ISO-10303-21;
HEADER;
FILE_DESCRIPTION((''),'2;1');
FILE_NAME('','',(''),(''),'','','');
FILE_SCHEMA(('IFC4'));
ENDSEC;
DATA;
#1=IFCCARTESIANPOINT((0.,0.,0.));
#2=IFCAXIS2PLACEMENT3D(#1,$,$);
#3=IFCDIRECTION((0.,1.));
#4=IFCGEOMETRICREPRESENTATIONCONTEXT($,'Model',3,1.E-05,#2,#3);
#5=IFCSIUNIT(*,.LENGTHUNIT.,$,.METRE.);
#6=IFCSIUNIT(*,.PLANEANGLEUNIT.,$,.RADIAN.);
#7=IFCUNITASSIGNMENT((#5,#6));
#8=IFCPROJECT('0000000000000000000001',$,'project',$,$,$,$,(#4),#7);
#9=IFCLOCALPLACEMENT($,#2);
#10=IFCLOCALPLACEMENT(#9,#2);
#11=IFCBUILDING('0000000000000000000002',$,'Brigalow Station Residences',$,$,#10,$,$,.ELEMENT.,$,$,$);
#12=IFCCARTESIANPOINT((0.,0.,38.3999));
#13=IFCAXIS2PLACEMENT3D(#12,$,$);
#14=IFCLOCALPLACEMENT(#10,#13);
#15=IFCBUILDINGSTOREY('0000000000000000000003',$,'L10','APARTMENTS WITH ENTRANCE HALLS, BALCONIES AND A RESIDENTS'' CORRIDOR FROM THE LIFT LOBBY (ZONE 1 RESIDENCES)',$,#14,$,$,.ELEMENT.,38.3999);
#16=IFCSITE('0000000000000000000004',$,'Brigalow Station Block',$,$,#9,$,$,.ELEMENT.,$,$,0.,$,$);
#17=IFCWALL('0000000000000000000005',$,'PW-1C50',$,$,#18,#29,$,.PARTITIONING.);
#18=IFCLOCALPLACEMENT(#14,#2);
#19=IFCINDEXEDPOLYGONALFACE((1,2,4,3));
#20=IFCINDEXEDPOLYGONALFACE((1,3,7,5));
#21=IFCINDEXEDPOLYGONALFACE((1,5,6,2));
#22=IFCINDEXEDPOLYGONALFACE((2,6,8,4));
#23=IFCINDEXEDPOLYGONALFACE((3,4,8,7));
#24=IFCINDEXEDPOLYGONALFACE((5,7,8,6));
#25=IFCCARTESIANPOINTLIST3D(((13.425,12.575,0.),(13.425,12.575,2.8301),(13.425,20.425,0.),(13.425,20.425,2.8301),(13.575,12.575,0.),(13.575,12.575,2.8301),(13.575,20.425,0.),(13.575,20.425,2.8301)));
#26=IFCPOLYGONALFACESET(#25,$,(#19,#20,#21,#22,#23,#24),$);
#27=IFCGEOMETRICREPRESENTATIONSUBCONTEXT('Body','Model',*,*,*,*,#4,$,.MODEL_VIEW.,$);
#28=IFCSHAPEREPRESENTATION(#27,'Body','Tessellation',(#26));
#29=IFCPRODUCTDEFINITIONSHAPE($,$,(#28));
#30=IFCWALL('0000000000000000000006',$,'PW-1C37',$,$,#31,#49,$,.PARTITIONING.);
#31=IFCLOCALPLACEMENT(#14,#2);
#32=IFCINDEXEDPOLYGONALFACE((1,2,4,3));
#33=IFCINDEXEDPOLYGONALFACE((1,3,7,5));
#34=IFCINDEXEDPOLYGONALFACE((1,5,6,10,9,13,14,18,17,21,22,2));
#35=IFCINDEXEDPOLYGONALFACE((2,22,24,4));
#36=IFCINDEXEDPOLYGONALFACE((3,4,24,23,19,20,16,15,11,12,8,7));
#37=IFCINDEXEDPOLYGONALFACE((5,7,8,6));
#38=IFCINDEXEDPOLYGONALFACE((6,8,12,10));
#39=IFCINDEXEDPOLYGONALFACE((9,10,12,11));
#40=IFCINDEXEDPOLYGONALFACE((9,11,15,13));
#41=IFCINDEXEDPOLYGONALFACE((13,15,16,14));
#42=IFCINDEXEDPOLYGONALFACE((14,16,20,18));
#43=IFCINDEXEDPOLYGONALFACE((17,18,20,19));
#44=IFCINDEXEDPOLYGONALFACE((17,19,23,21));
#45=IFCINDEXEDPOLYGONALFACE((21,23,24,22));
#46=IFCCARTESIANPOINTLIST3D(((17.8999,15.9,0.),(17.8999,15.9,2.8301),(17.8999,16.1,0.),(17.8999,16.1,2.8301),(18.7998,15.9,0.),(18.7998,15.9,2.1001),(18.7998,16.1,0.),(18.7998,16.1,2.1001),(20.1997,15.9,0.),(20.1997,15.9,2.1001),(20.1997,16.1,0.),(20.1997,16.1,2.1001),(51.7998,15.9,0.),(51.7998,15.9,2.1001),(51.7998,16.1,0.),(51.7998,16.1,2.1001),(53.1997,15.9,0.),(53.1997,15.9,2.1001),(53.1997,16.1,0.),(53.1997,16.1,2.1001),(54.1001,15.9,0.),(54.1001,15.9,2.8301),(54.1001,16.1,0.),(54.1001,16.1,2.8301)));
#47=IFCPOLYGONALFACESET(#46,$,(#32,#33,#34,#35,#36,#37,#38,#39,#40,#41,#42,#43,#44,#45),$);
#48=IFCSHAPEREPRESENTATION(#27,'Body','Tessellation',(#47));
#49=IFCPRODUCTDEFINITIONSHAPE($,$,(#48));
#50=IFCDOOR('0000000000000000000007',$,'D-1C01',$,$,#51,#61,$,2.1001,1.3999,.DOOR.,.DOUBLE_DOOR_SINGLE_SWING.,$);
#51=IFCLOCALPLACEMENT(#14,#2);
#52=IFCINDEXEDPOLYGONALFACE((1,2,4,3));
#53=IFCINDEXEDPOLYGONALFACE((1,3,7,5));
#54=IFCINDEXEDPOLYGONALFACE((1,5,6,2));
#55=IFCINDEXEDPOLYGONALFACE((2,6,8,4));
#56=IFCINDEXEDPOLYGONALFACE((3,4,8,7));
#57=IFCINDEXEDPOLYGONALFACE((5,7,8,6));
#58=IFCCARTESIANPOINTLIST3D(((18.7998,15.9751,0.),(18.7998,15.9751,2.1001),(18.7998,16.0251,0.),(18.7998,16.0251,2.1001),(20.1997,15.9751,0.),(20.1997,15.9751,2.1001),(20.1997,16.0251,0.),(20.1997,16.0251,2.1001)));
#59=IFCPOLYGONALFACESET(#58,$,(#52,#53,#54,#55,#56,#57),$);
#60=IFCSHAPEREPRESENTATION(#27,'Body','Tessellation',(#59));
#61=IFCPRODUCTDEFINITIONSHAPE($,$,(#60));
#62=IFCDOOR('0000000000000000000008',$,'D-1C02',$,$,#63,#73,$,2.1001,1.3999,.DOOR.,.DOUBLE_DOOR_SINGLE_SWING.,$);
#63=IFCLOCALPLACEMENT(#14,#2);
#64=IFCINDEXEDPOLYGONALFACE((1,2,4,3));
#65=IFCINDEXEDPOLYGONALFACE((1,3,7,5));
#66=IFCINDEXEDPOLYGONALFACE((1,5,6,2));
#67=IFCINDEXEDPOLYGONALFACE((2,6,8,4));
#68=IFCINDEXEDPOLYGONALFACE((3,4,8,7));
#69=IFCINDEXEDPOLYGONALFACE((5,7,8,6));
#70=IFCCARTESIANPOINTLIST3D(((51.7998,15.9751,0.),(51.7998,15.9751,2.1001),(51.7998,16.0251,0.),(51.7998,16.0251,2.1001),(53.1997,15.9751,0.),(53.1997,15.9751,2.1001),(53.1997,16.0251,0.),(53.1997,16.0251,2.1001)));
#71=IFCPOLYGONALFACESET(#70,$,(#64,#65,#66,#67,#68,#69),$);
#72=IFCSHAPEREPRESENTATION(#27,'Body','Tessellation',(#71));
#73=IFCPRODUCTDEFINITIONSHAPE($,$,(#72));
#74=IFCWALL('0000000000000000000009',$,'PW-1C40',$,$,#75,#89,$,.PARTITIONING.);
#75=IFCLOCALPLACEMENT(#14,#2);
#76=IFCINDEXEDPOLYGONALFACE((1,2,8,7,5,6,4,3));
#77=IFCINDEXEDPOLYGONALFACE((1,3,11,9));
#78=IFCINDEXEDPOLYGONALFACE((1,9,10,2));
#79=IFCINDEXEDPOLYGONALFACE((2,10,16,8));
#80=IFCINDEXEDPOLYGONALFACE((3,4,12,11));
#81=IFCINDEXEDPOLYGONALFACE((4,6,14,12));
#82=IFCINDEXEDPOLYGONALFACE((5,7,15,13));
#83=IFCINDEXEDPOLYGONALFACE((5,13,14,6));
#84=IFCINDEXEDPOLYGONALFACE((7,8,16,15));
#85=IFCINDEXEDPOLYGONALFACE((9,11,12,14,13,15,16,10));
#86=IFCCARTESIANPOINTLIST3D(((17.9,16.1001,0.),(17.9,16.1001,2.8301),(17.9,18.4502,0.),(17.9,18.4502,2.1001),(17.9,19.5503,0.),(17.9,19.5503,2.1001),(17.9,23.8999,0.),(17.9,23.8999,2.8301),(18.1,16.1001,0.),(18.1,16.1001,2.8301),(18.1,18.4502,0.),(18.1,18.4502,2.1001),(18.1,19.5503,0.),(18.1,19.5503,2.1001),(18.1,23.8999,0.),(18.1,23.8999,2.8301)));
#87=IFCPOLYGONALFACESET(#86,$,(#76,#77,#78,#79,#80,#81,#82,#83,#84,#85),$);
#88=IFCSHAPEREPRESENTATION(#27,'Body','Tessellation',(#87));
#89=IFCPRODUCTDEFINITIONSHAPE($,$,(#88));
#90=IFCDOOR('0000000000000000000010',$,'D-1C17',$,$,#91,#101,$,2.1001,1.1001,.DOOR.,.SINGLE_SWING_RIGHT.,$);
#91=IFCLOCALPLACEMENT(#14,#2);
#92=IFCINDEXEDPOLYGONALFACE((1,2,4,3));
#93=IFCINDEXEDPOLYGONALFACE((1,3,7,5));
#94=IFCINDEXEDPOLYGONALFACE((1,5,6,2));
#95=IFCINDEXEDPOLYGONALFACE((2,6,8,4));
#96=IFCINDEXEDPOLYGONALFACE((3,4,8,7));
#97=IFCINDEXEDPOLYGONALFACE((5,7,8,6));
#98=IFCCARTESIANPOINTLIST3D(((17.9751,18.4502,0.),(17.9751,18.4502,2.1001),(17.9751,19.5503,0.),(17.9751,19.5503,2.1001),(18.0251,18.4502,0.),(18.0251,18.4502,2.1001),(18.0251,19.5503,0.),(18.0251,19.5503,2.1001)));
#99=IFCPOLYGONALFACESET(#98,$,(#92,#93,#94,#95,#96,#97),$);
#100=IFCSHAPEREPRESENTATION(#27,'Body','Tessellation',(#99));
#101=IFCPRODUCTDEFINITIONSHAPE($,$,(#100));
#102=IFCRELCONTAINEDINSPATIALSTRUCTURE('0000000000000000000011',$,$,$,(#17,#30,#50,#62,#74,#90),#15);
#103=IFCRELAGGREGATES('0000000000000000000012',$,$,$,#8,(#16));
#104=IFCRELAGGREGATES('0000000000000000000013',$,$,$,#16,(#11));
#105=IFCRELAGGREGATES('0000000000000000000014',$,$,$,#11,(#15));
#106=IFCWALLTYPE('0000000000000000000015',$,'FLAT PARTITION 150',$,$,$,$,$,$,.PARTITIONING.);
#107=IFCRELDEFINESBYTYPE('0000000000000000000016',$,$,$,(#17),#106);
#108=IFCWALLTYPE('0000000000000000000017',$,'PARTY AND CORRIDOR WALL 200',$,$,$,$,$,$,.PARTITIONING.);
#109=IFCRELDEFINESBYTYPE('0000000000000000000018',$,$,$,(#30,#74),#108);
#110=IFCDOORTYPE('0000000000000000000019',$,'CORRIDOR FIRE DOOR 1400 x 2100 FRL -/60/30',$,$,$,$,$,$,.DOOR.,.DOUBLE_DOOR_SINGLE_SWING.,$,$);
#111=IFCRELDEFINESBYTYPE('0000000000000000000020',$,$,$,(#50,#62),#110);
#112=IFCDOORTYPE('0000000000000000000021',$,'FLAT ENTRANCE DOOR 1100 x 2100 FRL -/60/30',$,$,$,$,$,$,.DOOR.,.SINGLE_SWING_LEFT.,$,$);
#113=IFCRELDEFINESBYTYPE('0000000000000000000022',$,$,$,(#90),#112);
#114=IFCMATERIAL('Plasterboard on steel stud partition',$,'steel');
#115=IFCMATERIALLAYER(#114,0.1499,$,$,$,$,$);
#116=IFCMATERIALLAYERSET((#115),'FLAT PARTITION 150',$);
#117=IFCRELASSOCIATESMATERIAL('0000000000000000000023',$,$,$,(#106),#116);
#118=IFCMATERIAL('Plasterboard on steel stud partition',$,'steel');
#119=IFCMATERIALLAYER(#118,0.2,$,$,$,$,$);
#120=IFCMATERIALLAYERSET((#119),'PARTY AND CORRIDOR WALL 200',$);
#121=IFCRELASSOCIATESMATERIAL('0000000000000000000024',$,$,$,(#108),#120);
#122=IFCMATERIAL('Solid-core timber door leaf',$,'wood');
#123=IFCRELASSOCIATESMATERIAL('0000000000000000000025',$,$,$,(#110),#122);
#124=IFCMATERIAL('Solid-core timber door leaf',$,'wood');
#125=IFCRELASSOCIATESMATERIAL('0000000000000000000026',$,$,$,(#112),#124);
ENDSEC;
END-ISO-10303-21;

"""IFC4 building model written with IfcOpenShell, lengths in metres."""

from ifc_helpers import new_model, si_unit, direction, frame, frame_2d, origin, place, context, subcontext, project, spatial, rectangle, extrude, material, layer, layer_set, type_object, element, fill, save


model = new_model("IFC4")

# Units and contexts
model_context = context("Model", 3, precision=1e-05, world=origin(), true_north=direction((0.0, 1.0)))
body_context = subcontext(model_context, "Body", "Model", "MODEL_VIEW")
ifc_project = project(units=[si_unit("LENGTHUNIT", "METRE"), si_unit("PLANEANGLEUNIT", "RADIAN")], contexts=[model_context])

# Site, building, storey
site_placement = place(None, origin())
site = spatial("IfcSite", under=ifc_project, at=site_placement, Name="Brigalow Station Block", CompositionType="ELEMENT", RefElevation=0.0)
building_placement = place(site_placement, origin())
building = spatial("IfcBuilding", under=site, at=building_placement, Name="Brigalow Station Residences", CompositionType="ELEMENT")
storey_placement = place(building_placement, frame((0.0, 0.0, 38.3999)))
storey = spatial("IfcBuildingStorey", under=building, at=storey_placement, Name="L10", Description="APARTMENTS WITH ENTRANCE HALLS, BALCONIES AND A RESIDENTS' CORRIDOR FROM THE LIFT LOBBY (ZONE 1 RESIDENCES)", CompositionType="ELEMENT", Elevation=38.3999)

# Shared definitions
ifc_material_1 = material(Name="Plasterboard on steel stud partition", Category="steel")
ifc_layer_1 = layer(ifc_material_1, 0.1499)
ifc_layer_set_1 = layer_set([ifc_layer_1], Name="FLAT PARTITION 150")
wall_type_1 = type_object("IfcWallType", Name="FLAT PARTITION 150", PredefinedType="PARTITIONING", material=ifc_layer_set_1)

# Wall
wall_1_placement = place(storey_placement, frame((13.5, 12.575, 0.0), z_axis=(0.0, 0.0, 1.0), x_axis=(0.0, 1.0, 0.0)))
element("IfcWall", 1, at=wall_1_placement, inside=storey, type_object=wall_type_1, Name="PW-1C50", PredefinedType="PARTITIONING", context=body_context, shape_type="SweptSolid", body=[
    extrude(rectangle(XDim=7.8501, YDim=0.1499, at=frame_2d((3.925, 0.0))), origin(), (0.0, 0.0, 1.0), 2.8301),
])

# Wall, openings, doors
ifc_material_2 = material(Name="Plasterboard on steel stud partition", Category="steel")
ifc_layer_2 = layer(ifc_material_2, 0.2)
ifc_layer_set_2 = layer_set([ifc_layer_2], Name="PARTY AND CORRIDOR WALL 200")
wall_type_2 = type_object("IfcWallType", Name="PARTY AND CORRIDOR WALL 200", PredefinedType="PARTITIONING", material=ifc_layer_set_2)
wall_2_placement = place(storey_placement, frame((17.8999, 16.0, 0.0), z_axis=(0.0, 0.0, 1.0), x_axis=(1.0, 0.0, 0.0)))
wall_2 = element("IfcWall", 2, at=wall_2_placement, inside=storey, type_object=wall_type_2, Name="PW-1C37", PredefinedType="PARTITIONING", context=body_context, shape_type="SweptSolid", body=[
    extrude(rectangle(XDim=36.2002, YDim=0.2, at=frame_2d((18.1001, 0.0))), origin(), (0.0, 0.0, 1.0), 2.8301),
])
opening_1_placement = place(wall_2_placement, frame((0.8999, 0.0, 0.0)))
opening_1 = element("IfcOpeningElement", 3, at=opening_1_placement, cuts=wall_2, PredefinedType="OPENING", context=body_context, shape_type="SweptSolid", body=[
    extrude(rectangle(XDim=1.3999, YDim=2.1001, at=frame_2d((0.7, 1.05))), frame((0.0, 0.1099, 0.0), z_axis=(0.0, -1.0, 0.0), x_axis=(1.0, 0.0, 0.0)), (0.0, 0.0, 1.0), 0.22),
])
opening_2_placement = place(wall_2_placement, frame((33.8999, 0.0, 0.0)))
opening_2 = element("IfcOpeningElement", 4, at=opening_2_placement, cuts=wall_2, PredefinedType="OPENING", context=body_context, shape_type="SweptSolid", body=[
    extrude(rectangle(XDim=1.3999, YDim=2.1001, at=frame_2d((0.7, 1.05))), frame((0.0, 0.1099, 0.0), z_axis=(0.0, -1.0, 0.0), x_axis=(1.0, 0.0, 0.0)), (0.0, 0.0, 1.0), 0.22),
])
ifc_material_3 = material(Name="Solid-core timber door leaf", Category="wood")
door_type_1 = type_object("IfcDoorType", Name="CORRIDOR FIRE DOOR 1400 x 2100 FRL -/60/30", OperationType="DOUBLE_DOOR_SINGLE_SWING", PredefinedType="DOOR", material=ifc_material_3)
door_1_placement = place(opening_1_placement, frame((1.3999, 0.0, 0.0), z_axis=(0.0, 0.0, 1.0), x_axis=(-1.0, 0.0, 0.0)))
door_1 = element("IfcDoor", 5, at=door_1_placement, inside=storey, type_object=door_type_1, Name="D-1C01", OperationType="DOUBLE_DOOR_SINGLE_SWING", OverallHeight=2.1001, OverallWidth=1.3999, PredefinedType="DOOR", context=body_context, shape_type="SweptSolid", body=[
    extrude(rectangle(XDim=1.3999, YDim=2.1001, at=frame_2d((0.7, 1.05))), frame((0.0, 0.0249, 0.0), z_axis=(0.0, -1.0, 0.0), x_axis=(1.0, 0.0, 0.0)), (0.0, 0.0, 1.0), 0.05),
])
fill(opening_1, door_1)
door_2_placement = place(opening_2_placement, frame((1.3999, 0.0, 0.0), z_axis=(0.0, 0.0, 1.0), x_axis=(-1.0, 0.0, 0.0)))
door_2 = element("IfcDoor", 6, at=door_2_placement, inside=storey, type_object=door_type_1, Name="D-1C02", OperationType="DOUBLE_DOOR_SINGLE_SWING", OverallHeight=2.1001, OverallWidth=1.3999, PredefinedType="DOOR", context=body_context, shape_type="SweptSolid", body=[
    extrude(rectangle(XDim=1.3999, YDim=2.1001, at=frame_2d((0.7, 1.05))), frame((0.0, 0.0249, 0.0), z_axis=(0.0, -1.0, 0.0), x_axis=(1.0, 0.0, 0.0)), (0.0, 0.0, 1.0), 0.05),
])
fill(opening_2, door_2)

# Wall, opening, door
wall_3_placement = place(storey_placement, frame((18.0, 16.1001, 0.0), z_axis=(0.0, 0.0, 1.0), x_axis=(0.0, 1.0, 0.0)))
wall_3 = element("IfcWall", 7, at=wall_3_placement, inside=storey, type_object=wall_type_2, Name="PW-1C40", PredefinedType="PARTITIONING", context=body_context, shape_type="SweptSolid", body=[
    extrude(rectangle(XDim=7.7998, YDim=0.2, at=frame_2d((3.8999, 0.0))), origin(), (0.0, 0.0, 1.0), 2.8301),
])
opening_3_placement = place(wall_3_placement, frame((2.3501, 0.0, 0.0)))
opening_3 = element("IfcOpeningElement", 8, at=opening_3_placement, cuts=wall_3, PredefinedType="OPENING", context=body_context, shape_type="SweptSolid", body=[
    extrude(rectangle(XDim=1.1001, YDim=2.1001, at=frame_2d((0.55, 1.05))), frame((0.0, 0.1099, 0.0), z_axis=(0.0, -1.0, 0.0), x_axis=(1.0, 0.0, 0.0)), (0.0, 0.0, 1.0), 0.22),
])
ifc_material_4 = material(Name="Solid-core timber door leaf", Category="wood")
door_type_2 = type_object("IfcDoorType", Name="FLAT ENTRANCE DOOR 1100 x 2100 FRL -/60/30", OperationType="SINGLE_SWING_LEFT", PredefinedType="DOOR", material=ifc_material_4)
door_3_placement = place(opening_3_placement, origin())
door_3 = element("IfcDoor", 9, at=door_3_placement, inside=storey, type_object=door_type_2, Name="D-1C17", OperationType="SINGLE_SWING_RIGHT", OverallHeight=2.1001, OverallWidth=1.1001, PredefinedType="DOOR", context=body_context, shape_type="SweptSolid", body=[
    extrude(rectangle(XDim=1.1001, YDim=2.1001, at=frame_2d((0.55, 1.05))), frame((0.0, 0.0249, 0.0), z_axis=(0.0, -1.0, 0.0), x_axis=(1.0, 0.0, 0.0)), (0.0, 0.0, 1.0), 0.05),
])
fill(opening_3, door_3)

save(model, "model.ifc")
